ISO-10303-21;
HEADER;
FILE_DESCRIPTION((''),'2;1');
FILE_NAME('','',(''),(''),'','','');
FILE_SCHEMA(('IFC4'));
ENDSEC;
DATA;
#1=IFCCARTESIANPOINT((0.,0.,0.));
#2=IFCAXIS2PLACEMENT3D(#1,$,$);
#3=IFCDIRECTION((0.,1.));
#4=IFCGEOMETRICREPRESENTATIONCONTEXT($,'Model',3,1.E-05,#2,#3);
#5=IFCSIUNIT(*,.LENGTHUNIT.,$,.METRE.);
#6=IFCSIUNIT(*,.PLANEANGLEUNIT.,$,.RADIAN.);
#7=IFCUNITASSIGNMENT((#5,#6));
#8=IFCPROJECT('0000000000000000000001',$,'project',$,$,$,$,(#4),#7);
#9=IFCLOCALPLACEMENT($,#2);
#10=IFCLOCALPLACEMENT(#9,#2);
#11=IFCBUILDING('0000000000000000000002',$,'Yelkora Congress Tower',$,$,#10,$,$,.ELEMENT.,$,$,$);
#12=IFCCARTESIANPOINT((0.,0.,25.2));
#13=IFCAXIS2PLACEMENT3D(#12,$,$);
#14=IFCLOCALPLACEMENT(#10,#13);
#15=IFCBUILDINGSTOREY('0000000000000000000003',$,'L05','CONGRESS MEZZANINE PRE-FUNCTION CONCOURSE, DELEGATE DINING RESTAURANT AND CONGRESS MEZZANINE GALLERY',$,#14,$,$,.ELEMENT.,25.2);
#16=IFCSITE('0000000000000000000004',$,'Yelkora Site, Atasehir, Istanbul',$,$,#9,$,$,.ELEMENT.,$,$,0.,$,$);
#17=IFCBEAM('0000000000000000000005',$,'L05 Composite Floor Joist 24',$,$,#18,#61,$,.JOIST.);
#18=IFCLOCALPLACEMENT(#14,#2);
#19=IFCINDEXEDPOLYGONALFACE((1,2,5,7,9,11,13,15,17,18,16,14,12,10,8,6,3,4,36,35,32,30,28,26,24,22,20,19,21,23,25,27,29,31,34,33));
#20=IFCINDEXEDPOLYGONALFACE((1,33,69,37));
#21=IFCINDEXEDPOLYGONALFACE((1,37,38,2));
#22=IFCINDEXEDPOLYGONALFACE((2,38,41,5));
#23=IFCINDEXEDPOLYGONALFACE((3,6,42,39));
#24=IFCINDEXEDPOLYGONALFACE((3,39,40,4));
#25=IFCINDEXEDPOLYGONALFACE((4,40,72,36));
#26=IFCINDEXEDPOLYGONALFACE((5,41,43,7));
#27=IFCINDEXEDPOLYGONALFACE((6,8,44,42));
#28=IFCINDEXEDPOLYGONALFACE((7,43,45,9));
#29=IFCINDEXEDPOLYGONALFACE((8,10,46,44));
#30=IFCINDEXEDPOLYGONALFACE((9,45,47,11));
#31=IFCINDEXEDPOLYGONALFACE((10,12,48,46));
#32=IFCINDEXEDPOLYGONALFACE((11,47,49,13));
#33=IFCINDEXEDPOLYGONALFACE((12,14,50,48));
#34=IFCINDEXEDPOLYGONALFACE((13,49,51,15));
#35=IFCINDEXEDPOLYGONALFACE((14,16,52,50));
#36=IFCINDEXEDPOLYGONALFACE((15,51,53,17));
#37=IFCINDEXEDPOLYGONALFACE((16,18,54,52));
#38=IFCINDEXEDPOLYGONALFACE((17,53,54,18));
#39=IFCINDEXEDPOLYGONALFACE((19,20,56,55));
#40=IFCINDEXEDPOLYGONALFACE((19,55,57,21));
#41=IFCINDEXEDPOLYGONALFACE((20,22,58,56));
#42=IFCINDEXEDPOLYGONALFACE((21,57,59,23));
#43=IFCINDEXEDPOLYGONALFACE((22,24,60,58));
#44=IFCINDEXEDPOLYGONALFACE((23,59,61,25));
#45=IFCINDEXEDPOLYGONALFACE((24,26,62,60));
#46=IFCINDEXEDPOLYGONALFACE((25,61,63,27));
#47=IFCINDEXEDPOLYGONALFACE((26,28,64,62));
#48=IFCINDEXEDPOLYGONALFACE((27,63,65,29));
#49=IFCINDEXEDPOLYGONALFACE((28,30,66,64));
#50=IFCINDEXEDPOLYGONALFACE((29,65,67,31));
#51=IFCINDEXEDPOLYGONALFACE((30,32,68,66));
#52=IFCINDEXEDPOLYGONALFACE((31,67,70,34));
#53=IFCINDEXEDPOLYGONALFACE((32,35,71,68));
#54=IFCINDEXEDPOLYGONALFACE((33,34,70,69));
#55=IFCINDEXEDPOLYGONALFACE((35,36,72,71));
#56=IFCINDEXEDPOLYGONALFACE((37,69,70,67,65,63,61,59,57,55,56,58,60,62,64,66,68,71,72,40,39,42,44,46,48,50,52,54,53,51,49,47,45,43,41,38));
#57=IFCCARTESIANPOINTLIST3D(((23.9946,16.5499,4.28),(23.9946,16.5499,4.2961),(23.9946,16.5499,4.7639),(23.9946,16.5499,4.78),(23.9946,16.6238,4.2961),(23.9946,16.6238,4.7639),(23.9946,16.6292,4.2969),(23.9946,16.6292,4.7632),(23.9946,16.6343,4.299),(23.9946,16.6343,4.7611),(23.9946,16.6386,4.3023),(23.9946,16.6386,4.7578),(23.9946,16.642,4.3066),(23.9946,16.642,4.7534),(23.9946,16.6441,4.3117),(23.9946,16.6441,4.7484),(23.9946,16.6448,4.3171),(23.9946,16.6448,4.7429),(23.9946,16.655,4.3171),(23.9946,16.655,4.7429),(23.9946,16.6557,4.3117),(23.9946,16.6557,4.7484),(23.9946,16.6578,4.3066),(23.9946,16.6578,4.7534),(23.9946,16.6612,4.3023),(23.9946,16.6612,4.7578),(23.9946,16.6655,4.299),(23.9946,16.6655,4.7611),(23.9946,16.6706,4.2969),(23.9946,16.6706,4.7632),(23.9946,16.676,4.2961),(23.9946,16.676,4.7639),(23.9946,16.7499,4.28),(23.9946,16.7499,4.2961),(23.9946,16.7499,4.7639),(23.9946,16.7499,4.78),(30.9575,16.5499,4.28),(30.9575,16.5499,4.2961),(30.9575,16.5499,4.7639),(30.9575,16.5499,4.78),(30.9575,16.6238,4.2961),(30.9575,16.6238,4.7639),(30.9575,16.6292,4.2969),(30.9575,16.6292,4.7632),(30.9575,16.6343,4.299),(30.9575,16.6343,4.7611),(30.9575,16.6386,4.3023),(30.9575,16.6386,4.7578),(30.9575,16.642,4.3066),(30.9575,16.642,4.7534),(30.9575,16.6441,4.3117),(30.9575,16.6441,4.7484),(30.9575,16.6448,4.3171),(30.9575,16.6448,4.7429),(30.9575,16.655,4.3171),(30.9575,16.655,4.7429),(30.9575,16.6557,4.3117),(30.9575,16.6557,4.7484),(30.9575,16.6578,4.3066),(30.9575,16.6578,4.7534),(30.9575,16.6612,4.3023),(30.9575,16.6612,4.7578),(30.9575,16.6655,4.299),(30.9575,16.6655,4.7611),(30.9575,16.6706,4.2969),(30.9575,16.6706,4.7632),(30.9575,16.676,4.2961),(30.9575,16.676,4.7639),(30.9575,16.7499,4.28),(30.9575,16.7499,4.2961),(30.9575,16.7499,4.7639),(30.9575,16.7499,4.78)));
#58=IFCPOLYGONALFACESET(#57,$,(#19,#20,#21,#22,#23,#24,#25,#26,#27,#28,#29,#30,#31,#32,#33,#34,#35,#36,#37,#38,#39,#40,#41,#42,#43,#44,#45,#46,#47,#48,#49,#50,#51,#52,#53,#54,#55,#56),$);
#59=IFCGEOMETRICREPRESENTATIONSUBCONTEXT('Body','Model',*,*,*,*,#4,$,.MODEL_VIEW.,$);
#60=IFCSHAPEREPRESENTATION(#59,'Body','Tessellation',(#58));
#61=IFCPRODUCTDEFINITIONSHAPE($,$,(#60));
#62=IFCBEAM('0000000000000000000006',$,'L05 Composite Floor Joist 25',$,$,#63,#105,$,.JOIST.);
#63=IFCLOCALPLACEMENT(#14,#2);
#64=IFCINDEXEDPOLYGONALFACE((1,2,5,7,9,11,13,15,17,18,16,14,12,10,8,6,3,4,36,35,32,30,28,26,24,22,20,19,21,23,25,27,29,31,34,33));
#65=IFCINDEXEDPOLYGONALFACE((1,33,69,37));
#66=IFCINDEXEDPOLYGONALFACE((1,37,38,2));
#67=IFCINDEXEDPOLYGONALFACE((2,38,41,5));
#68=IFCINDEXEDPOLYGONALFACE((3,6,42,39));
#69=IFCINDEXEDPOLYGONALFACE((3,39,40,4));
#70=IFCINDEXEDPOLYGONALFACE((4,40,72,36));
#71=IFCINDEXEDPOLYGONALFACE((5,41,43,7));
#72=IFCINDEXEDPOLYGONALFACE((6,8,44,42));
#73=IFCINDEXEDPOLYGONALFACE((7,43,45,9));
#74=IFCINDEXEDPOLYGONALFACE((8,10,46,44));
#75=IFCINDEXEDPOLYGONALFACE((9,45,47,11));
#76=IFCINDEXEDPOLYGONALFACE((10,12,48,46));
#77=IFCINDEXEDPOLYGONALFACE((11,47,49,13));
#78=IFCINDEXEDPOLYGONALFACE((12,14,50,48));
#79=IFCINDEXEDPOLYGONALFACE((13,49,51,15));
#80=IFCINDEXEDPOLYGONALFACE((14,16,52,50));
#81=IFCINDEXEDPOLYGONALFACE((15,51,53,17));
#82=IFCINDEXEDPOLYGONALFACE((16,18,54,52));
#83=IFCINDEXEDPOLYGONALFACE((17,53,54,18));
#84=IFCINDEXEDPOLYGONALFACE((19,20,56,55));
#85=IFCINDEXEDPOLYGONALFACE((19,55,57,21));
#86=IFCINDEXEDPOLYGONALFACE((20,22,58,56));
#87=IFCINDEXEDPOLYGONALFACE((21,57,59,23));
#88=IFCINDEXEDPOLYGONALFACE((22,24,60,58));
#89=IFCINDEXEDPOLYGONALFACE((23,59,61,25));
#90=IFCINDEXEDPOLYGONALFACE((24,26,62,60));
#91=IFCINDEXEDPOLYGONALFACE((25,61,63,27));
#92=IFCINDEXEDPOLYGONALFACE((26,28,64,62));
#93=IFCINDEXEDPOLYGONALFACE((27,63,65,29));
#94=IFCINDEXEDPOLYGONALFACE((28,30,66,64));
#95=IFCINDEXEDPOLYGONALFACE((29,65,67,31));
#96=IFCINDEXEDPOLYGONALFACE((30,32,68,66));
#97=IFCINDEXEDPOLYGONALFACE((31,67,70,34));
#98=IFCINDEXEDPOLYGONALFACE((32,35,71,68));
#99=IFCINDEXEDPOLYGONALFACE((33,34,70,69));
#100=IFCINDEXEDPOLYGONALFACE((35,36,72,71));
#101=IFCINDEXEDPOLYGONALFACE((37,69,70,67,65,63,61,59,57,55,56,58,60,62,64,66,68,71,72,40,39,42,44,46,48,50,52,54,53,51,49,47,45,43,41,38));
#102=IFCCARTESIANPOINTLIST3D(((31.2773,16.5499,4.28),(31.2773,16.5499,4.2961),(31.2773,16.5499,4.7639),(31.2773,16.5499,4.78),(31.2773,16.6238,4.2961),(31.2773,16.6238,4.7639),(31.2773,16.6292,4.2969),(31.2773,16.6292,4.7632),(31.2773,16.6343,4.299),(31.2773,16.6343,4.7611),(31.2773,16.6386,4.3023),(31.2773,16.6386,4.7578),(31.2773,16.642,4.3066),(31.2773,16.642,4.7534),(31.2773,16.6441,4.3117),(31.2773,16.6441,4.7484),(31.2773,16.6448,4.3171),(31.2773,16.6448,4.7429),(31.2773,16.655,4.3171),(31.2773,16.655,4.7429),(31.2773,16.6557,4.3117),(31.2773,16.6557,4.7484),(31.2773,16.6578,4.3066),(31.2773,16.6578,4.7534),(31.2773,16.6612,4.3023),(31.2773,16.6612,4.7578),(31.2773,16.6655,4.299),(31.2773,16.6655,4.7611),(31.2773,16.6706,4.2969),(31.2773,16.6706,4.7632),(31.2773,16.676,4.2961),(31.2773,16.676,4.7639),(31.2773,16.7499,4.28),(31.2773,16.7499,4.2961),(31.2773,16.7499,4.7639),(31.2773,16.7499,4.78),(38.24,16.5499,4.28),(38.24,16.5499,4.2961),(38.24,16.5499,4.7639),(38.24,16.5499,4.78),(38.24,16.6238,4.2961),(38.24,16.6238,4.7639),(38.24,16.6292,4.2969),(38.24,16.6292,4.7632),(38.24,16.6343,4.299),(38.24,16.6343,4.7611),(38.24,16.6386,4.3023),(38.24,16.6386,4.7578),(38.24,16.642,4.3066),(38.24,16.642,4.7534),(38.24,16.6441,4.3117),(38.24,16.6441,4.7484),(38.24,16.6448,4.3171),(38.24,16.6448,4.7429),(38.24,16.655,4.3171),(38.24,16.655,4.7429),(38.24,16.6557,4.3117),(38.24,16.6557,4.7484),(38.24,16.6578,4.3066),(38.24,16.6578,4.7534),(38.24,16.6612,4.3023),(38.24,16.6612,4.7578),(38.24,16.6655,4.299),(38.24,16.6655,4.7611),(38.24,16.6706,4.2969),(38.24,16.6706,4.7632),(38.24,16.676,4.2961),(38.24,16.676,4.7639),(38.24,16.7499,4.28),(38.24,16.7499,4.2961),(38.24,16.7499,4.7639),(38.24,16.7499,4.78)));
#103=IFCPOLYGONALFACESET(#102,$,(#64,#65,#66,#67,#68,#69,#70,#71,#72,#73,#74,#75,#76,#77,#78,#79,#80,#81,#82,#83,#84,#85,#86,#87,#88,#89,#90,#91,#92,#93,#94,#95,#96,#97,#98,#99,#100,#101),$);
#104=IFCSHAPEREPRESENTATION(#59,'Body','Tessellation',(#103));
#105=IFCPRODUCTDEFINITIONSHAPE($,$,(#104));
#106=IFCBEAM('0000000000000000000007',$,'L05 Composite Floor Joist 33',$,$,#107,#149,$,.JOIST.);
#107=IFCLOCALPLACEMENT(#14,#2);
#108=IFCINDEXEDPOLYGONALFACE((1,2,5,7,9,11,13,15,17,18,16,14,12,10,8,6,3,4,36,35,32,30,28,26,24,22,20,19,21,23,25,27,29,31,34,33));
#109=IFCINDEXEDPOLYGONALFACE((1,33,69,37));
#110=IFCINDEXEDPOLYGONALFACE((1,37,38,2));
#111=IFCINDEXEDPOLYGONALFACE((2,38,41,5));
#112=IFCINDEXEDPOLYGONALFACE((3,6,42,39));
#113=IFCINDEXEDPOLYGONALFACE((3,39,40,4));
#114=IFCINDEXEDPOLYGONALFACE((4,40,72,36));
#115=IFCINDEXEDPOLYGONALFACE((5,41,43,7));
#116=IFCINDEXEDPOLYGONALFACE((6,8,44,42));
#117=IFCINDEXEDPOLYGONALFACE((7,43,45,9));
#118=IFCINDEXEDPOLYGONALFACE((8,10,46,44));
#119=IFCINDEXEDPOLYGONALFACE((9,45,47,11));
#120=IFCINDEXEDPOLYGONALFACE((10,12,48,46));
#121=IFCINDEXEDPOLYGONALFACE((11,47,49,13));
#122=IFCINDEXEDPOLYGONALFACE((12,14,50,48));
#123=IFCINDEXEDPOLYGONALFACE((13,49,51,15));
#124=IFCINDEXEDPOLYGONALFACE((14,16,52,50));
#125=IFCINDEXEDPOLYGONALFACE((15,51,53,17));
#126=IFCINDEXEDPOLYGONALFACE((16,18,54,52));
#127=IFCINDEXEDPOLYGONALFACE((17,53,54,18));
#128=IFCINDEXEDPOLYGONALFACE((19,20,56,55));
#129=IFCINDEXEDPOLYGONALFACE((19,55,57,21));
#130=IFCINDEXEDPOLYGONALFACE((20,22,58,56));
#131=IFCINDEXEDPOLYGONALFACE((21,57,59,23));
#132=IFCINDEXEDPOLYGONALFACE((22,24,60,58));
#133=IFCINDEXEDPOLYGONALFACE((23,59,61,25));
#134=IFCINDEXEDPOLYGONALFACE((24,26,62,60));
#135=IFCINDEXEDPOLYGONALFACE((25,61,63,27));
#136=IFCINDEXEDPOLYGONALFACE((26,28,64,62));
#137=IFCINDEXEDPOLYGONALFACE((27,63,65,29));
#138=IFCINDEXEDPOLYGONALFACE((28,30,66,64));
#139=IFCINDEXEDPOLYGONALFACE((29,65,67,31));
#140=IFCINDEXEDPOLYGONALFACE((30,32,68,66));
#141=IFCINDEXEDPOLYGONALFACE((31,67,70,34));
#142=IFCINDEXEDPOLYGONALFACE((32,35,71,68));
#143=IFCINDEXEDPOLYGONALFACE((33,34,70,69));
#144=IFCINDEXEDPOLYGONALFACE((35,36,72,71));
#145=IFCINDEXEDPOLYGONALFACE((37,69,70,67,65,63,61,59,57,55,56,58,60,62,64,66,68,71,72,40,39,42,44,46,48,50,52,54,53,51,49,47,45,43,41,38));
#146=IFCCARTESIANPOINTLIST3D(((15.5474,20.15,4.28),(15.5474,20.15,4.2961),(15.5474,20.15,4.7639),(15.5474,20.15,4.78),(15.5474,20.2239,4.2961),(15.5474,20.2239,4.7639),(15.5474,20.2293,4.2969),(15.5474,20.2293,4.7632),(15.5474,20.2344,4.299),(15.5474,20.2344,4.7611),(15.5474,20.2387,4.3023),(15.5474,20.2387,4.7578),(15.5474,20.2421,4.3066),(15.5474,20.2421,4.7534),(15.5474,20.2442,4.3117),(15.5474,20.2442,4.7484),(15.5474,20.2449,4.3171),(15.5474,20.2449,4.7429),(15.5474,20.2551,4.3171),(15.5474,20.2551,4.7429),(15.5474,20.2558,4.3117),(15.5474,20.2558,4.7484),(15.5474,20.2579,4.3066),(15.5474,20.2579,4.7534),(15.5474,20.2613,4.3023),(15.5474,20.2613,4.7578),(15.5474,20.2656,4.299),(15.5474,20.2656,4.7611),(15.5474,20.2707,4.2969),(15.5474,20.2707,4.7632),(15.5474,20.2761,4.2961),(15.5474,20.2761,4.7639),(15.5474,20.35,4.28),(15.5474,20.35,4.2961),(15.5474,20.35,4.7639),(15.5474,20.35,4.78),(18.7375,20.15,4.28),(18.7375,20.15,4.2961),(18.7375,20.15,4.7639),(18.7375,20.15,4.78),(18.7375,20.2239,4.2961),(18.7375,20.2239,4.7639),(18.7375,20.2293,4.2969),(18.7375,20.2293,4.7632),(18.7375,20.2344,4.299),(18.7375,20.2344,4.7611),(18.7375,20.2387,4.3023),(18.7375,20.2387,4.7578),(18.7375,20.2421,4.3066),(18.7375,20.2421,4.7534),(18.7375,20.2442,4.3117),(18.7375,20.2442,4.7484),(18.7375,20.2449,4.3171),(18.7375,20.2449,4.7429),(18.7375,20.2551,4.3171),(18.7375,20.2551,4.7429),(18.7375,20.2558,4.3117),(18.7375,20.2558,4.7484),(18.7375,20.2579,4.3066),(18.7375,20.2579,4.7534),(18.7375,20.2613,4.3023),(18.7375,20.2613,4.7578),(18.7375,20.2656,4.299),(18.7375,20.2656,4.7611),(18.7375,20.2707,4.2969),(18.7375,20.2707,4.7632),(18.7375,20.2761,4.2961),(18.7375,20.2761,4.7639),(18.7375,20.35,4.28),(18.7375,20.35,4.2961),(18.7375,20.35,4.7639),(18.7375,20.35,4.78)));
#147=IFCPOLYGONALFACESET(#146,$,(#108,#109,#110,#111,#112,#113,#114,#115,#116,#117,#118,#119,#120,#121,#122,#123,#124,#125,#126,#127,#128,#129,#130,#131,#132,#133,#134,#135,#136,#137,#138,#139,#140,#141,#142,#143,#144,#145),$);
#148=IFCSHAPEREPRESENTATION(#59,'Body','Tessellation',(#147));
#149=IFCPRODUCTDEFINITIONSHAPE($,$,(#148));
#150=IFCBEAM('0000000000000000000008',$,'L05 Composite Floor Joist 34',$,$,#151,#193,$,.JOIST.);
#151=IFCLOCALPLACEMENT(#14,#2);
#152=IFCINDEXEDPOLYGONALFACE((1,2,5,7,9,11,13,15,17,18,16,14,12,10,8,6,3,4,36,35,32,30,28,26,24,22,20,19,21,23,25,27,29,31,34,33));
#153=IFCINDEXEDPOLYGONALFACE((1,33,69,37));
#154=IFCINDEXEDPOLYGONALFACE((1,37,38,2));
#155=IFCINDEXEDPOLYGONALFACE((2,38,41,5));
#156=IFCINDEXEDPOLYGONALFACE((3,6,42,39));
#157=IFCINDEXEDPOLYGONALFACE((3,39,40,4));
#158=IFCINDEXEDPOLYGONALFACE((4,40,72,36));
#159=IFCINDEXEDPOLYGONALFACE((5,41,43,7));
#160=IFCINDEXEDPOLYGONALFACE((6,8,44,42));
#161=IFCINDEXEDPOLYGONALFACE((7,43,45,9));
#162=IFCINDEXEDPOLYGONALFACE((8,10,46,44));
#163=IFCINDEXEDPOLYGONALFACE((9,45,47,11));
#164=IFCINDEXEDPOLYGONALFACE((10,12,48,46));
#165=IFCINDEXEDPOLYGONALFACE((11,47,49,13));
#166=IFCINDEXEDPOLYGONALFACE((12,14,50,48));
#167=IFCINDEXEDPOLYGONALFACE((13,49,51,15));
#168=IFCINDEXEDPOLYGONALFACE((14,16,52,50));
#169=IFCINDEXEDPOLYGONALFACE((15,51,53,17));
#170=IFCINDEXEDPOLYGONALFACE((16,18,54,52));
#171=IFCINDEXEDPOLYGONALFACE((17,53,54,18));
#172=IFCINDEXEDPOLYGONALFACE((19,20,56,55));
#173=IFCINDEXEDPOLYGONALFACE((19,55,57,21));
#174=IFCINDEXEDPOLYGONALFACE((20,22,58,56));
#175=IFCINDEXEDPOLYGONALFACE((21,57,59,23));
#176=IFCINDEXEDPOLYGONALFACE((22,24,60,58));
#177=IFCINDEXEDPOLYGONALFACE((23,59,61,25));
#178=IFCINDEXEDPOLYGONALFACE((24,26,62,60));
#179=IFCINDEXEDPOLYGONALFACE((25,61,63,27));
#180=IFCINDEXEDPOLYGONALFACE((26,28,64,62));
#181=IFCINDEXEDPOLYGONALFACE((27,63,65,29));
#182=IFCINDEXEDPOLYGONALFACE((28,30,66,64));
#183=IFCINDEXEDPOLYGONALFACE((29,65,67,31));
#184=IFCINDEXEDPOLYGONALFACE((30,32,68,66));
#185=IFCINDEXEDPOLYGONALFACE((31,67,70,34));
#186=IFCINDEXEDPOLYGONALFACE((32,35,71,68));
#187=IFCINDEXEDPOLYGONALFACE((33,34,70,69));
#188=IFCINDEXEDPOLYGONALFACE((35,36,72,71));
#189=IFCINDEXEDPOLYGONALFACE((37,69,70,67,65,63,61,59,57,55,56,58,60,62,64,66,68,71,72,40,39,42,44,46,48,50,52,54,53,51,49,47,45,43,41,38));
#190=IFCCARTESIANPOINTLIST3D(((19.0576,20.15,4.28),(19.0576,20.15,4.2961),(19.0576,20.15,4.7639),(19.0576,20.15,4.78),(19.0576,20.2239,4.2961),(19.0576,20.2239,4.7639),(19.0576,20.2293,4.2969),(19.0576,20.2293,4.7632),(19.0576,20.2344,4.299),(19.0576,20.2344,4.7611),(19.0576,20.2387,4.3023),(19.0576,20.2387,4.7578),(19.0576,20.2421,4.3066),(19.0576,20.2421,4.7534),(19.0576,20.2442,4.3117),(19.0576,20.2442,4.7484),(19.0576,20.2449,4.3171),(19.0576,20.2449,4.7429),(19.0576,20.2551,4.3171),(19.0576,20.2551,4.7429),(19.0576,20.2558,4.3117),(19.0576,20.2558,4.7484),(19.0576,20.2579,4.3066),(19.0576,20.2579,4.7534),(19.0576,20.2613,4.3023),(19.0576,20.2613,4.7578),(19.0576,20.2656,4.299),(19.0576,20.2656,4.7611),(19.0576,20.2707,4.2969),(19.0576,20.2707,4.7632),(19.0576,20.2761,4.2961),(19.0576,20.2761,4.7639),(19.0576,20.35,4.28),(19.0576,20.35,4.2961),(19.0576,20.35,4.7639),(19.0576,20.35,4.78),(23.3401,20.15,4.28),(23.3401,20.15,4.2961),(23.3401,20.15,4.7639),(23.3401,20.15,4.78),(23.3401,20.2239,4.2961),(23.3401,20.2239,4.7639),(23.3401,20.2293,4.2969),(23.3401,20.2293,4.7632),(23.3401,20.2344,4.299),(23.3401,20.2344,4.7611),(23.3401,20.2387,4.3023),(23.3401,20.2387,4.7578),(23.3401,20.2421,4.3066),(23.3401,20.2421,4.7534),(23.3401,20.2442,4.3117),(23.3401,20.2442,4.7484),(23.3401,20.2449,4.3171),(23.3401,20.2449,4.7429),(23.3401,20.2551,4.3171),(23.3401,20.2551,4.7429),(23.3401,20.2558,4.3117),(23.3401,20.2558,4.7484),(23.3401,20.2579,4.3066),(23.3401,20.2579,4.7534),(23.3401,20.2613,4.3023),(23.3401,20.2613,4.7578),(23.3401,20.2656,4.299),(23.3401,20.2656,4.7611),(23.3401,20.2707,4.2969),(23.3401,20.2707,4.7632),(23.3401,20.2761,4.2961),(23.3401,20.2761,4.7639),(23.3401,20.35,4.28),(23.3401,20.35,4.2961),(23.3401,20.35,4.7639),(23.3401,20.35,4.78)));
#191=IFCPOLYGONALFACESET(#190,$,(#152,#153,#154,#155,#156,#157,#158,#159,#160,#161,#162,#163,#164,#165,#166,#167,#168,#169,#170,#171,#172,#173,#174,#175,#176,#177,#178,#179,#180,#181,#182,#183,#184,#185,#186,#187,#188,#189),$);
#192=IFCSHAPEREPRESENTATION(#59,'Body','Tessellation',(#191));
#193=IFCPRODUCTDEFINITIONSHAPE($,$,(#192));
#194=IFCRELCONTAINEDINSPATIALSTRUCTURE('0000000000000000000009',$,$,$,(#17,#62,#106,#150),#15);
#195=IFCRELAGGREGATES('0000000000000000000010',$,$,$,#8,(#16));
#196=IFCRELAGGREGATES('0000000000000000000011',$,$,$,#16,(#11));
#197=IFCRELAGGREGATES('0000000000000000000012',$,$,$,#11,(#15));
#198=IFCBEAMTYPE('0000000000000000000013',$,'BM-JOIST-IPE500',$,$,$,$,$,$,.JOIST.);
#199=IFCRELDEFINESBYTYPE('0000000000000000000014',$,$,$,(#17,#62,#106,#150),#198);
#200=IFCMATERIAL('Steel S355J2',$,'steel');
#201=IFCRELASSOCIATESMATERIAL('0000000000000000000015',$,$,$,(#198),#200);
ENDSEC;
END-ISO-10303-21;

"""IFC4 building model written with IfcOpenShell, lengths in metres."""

from ifc_helpers import new_model, si_unit, direction, frame, origin, origin_2d, place, context, subcontext, project, spatial, i_section, extrude, material, material_profile, profile_set, type_object, element, save


model = new_model("IFC4")

# Units and contexts
model_context = context("Model", 3, precision=1e-05, world=origin(), true_north=direction((0.0, 1.0)))
body_context = subcontext(model_context, "Body", "Model", "MODEL_VIEW")
ifc_project = project(units=[si_unit("LENGTHUNIT", "METRE"), si_unit("PLANEANGLEUNIT", "RADIAN")], contexts=[model_context])

# Site, building, storey
site_placement = place(None, origin())
site = spatial("IfcSite", under=ifc_project, at=site_placement, Name="Yelkora Site, Atasehir, Istanbul", CompositionType="ELEMENT", RefElevation=0.0)
building_placement = place(site_placement, origin())
building = spatial("IfcBuilding", under=site, at=building_placement, Name="Yelkora Congress Tower", CompositionType="ELEMENT")
storey_placement = place(building_placement, frame((0.0, 0.0, 25.2)))
storey = spatial("IfcBuildingStorey", under=building, at=storey_placement, Name="L05", Description="CONGRESS MEZZANINE PRE-FUNCTION CONCOURSE, DELEGATE DINING RESTAURANT AND CONGRESS MEZZANINE GALLERY", CompositionType="ELEMENT", Elevation=25.2)

# Beams
ifc_material_1 = material(Name="Steel S355J2", Category="steel")
ifc_material_profile_1 = material_profile(ifc_material_1, i_section(OverallWidth=0.2, OverallDepth=0.5, WebThickness=0.0103, FlangeThickness=0.0161, FilletRadius=0.021, at=origin_2d()), Name="IPE 500")
ifc_profile_set_1 = profile_set([ifc_material_profile_1], Name="Steel S355J2")
beam_type_1 = type_object("IfcBeamType", Name="BM-JOIST-IPE500", PredefinedType="JOIST", material=ifc_profile_set_1)
beam_1_placement = place(storey_placement, frame((23.9946, 16.6499, 4.53), z_axis=(1.0, 0.0, 0.0), x_axis=(0.0, 1.0, 0.0)))
element("IfcBeam", 1, at=beam_1_placement, inside=storey, type_object=beam_type_1, Name="L05 Composite Floor Joist 24", PredefinedType="JOIST", context=body_context, shape_type="SweptSolid", body=[
    extrude(i_section(OverallWidth=0.2, OverallDepth=0.5, WebThickness=0.0103, FlangeThickness=0.0161, FilletRadius=0.021, at=origin_2d()), origin(), (0.0, 0.0, 1.0), 6.9629),
])
beam_2_placement = place(storey_placement, frame((31.2773, 16.6499, 4.53), z_axis=(1.0, 0.0, 0.0), x_axis=(0.0, 1.0, 0.0)))
element("IfcBeam", 2, at=beam_2_placement, inside=storey, type_object=beam_type_1, Name="L05 Composite Floor Joist 25", PredefinedType="JOIST", context=body_context, shape_type="SweptSolid", body=[
    extrude(i_section(OverallWidth=0.2, OverallDepth=0.5, WebThickness=0.0103, FlangeThickness=0.0161, FilletRadius=0.021, at=origin_2d()), origin(), (0.0, 0.0, 1.0), 6.9626),
])
beam_3_placement = place(storey_placement, frame((15.5474, 20.25, 4.53), z_axis=(1.0, 0.0, 0.0), x_axis=(0.0, 1.0, 0.0)))
element("IfcBeam", 3, at=beam_3_placement, inside=storey, type_object=beam_type_1, Name="L05 Composite Floor Joist 33", PredefinedType="JOIST", context=body_context, shape_type="SweptSolid", body=[
    extrude(i_section(OverallWidth=0.2, OverallDepth=0.5, WebThickness=0.0103, FlangeThickness=0.0161, FilletRadius=0.021, at=origin_2d()), origin(), (0.0, 0.0, 1.0), 3.1902),
])
beam_4_placement = place(storey_placement, frame((19.0576, 20.25, 4.53), z_axis=(1.0, 0.0, 0.0), x_axis=(0.0, 1.0, 0.0)))
element("IfcBeam", 4, at=beam_4_placement, inside=storey, type_object=beam_type_1, Name="L05 Composite Floor Joist 34", PredefinedType="JOIST", context=body_context, shape_type="SweptSolid", body=[
    extrude(i_section(OverallWidth=0.2, OverallDepth=0.5, WebThickness=0.0103, FlangeThickness=0.0161, FilletRadius=0.021, at=origin_2d()), origin(), (0.0, 0.0, 1.0), 4.2825),
])

save(model, "model.ifc")
